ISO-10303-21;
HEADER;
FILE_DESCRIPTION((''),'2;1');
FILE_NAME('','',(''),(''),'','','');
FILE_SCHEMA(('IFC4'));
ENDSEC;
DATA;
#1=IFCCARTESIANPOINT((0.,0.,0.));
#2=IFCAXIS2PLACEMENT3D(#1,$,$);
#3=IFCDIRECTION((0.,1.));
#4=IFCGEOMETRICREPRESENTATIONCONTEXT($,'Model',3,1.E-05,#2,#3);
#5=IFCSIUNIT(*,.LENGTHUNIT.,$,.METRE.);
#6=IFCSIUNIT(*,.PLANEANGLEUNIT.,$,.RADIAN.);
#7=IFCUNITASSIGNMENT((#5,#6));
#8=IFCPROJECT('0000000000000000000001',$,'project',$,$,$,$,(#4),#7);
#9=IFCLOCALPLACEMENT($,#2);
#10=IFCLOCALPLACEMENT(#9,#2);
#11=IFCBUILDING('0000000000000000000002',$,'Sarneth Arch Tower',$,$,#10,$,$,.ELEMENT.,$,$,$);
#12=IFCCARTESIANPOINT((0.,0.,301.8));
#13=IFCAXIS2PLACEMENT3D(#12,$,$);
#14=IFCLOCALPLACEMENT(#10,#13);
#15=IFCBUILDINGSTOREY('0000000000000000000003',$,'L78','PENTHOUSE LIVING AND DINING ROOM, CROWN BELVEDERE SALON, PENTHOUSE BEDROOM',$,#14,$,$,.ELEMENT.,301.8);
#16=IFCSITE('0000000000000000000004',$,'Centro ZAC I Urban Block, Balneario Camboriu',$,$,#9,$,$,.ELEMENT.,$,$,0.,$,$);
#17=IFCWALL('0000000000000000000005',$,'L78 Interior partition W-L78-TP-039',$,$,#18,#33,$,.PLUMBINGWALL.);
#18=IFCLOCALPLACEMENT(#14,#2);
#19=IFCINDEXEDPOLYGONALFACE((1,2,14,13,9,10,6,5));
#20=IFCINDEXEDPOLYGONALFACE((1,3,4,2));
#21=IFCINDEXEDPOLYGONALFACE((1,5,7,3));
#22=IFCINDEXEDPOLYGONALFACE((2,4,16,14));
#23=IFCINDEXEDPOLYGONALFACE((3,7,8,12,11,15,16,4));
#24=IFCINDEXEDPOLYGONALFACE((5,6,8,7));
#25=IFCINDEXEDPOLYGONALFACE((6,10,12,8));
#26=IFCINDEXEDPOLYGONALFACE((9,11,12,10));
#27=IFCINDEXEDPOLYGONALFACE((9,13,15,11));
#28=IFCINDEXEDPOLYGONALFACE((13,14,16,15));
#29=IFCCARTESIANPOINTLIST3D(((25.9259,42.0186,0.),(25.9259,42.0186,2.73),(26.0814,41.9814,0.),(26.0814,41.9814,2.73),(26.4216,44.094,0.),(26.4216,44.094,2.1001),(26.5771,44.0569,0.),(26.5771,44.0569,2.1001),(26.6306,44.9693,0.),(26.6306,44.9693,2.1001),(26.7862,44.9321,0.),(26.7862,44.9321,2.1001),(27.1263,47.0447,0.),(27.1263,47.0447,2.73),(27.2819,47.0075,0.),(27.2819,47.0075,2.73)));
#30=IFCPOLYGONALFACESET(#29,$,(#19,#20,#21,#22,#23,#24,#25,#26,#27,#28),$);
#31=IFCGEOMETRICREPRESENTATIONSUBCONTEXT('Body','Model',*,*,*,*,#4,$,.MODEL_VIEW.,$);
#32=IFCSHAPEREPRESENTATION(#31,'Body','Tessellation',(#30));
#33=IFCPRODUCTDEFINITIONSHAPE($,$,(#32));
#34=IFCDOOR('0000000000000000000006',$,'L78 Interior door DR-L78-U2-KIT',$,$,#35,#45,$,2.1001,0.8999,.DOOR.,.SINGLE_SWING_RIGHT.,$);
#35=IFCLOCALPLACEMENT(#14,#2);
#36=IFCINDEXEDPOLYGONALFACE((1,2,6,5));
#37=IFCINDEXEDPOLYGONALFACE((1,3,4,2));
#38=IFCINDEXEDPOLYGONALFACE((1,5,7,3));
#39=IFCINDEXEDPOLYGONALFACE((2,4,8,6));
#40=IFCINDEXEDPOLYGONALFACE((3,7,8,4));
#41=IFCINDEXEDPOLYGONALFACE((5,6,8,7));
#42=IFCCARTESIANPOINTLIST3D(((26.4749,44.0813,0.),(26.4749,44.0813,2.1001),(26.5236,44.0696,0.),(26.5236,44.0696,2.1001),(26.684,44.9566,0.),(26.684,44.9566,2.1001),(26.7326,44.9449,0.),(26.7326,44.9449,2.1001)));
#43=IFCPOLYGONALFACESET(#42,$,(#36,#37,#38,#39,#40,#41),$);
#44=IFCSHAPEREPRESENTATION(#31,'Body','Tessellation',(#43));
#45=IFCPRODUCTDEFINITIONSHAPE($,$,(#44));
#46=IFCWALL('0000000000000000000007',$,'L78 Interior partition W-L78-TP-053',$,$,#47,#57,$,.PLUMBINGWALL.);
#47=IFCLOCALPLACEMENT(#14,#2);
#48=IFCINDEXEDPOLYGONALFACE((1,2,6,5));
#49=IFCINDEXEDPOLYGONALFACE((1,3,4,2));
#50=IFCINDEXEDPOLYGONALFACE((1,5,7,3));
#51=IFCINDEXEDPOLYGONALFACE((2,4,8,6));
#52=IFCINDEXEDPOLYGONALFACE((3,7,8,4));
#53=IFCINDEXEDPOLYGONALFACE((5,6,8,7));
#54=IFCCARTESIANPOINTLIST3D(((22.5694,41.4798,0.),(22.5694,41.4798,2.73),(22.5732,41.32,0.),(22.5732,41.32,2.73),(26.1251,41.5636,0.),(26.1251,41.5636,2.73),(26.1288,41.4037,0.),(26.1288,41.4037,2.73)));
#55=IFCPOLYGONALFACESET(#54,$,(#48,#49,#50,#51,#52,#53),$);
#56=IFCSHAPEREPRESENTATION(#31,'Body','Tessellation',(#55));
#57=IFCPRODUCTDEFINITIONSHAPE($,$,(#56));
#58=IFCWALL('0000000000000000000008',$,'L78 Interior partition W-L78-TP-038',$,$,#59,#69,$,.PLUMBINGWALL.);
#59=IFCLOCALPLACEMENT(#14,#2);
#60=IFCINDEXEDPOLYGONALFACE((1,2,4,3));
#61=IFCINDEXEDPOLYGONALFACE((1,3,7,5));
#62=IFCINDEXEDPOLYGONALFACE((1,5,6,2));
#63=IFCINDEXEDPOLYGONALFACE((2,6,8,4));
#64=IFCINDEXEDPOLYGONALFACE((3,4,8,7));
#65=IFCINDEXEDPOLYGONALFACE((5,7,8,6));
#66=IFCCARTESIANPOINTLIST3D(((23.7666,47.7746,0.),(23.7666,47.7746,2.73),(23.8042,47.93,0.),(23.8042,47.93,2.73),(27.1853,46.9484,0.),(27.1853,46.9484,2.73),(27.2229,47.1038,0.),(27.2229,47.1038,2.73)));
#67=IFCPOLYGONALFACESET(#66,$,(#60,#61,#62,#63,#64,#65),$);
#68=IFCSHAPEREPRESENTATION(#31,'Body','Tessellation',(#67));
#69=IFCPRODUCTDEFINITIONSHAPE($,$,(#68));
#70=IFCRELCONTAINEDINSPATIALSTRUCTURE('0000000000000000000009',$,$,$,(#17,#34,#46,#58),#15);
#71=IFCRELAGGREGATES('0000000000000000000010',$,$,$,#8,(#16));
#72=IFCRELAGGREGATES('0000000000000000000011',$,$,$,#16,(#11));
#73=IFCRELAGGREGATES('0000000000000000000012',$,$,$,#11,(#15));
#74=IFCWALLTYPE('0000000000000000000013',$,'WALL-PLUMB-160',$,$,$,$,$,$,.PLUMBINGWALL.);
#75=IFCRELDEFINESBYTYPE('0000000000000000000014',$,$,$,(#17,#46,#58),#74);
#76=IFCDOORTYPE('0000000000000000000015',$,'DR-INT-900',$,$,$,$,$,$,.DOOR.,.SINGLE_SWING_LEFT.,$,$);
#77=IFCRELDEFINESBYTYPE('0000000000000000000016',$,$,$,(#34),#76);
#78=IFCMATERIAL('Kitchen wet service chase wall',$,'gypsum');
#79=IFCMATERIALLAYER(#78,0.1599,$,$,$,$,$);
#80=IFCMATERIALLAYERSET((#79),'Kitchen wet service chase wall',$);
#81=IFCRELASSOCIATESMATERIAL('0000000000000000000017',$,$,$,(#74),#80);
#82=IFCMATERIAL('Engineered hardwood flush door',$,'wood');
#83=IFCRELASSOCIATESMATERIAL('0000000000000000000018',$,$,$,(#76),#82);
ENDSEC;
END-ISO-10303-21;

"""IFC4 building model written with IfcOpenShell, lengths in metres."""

from ifc_helpers import new_model, si_unit, direction, frame, frame_2d, origin, place, context, subcontext, project, spatial, rectangle, extrude, material, layer, layer_set, type_object, element, fill, save


model = new_model("IFC4")

# Units and contexts
model_context = context("Model", 3, precision=1e-05, world=origin(), true_north=direction((0.0, 1.0)))
body_context = subcontext(model_context, "Body", "Model", "MODEL_VIEW")
ifc_project = project(units=[si_unit("LENGTHUNIT", "METRE"), si_unit("PLANEANGLEUNIT", "RADIAN")], contexts=[model_context])

# Site, building, storey
site_placement = place(None, origin())
site = spatial("IfcSite", under=ifc_project, at=site_placement, Name="Centro ZAC I Urban Block, Balneario Camboriu", CompositionType="ELEMENT", RefElevation=0.0)
building_placement = place(site_placement, origin())
building = spatial("IfcBuilding", under=site, at=building_placement, Name="Sarneth Arch Tower", CompositionType="ELEMENT")
storey_placement = place(building_placement, frame((0.0, 0.0, 301.8)))
storey = spatial("IfcBuildingStorey", under=building, at=storey_placement, Name="L78", Description="PENTHOUSE LIVING AND DINING ROOM, CROWN BELVEDERE SALON, PENTHOUSE BEDROOM", CompositionType="ELEMENT", Elevation=301.8)

# Wall, opening, door
ifc_material_1 = material(Name="Kitchen wet service chase wall", Category="gypsum")
ifc_layer_1 = layer(ifc_material_1, 0.1599)
ifc_layer_set_1 = layer_set([ifc_layer_1], Name="Kitchen wet service chase wall")
wall_type_1 = type_object("IfcWallType", Name="WALL-PLUMB-160", PredefinedType="PLUMBINGWALL", material=ifc_layer_set_1)
wall_1_placement = place(storey_placement, frame((27.2041, 47.0261, 0.0), z_axis=(0.0, 0.0, 1.0), x_axis=(-0.232306, -0.972643, 0.0)))
wall_1 = element("IfcWall", 1, at=wall_1_placement, inside=storey, type_object=wall_type_1, Name="L78 Interior partition W-L78-TP-039", PredefinedType="PLUMBINGWALL", context=body_context, shape_type="SweptSolid", body=[
    extrude(rectangle(XDim=5.1675, YDim=0.1599, at=frame_2d((2.5837, 0.0))), origin(), (0.0, 0.0, 1.0), 2.73),
])
opening_1_placement = place(wall_1_placement, frame((2.1338, 0.0, 0.0)))
opening_1 = element("IfcOpeningElement", 2, at=opening_1_placement, cuts=wall_1, PredefinedType="OPENING", context=body_context, shape_type="SweptSolid", body=[
    extrude(rectangle(XDim=0.8999, YDim=2.1001, at=frame_2d((0.45, 1.05))), frame((0.0, 0.0898, 0.0), z_axis=(0.0, -1.0, 0.0), x_axis=(1.0, 0.0, 0.0)), (0.0, 0.0, 1.0), 0.1799),
])
ifc_material_2 = material(Name="Engineered hardwood flush door", Category="wood")
door_type_1 = type_object("IfcDoorType", Name="DR-INT-900", OperationType="SINGLE_SWING_LEFT", PredefinedType="DOOR", material=ifc_material_2)
door_1_placement = place(opening_1_placement, origin())
door_1 = element("IfcDoor", 3, at=door_1_placement, inside=storey, type_object=door_type_1, Name="L78 Interior door DR-L78-U2-KIT", OperationType="SINGLE_SWING_RIGHT", OverallHeight=2.1001, OverallWidth=0.8999, PredefinedType="DOOR", context=body_context, shape_type="SweptSolid", body=[
    extrude(rectangle(XDim=0.8999, YDim=2.1001, at=frame_2d((0.45, 1.05))), frame((0.0, 0.0249, 0.0), z_axis=(0.0, -1.0, 0.0), x_axis=(1.0, 0.0, 0.0)), (0.0, 0.0, 1.0), 0.05),
])
fill(opening_1, door_1)

# Walls
wall_2_placement = place(storey_placement, frame((26.127, 41.4836, 0.0), z_axis=(0.0, 0.0, 1.0), x_axis=(-0.999723, -0.023545, 0.0)))
element("IfcWall", 4, at=wall_2_placement, inside=storey, type_object=wall_type_1, Name="L78 Interior partition W-L78-TP-053", PredefinedType="PLUMBINGWALL", context=body_context, shape_type="SweptSolid", body=[
    extrude(rectangle(XDim=3.5566, YDim=0.1599, at=frame_2d((1.7783, 0.0))), origin(), (0.0, 0.0, 1.0), 2.73),
])
wall_3_placement = place(storey_placement, frame((23.7854, 47.8523, 0.0), z_axis=(0.0, 0.0, 1.0), x_axis=(0.972019, -0.234901, 0.0)))
element("IfcWall", 5, at=wall_3_placement, inside=storey, type_object=wall_type_1, Name="L78 Interior partition W-L78-TP-038", PredefinedType="PLUMBINGWALL", context=body_context, shape_type="SweptSolid", body=[
    extrude(rectangle(XDim=3.5171, YDim=0.1599, at=frame_2d((1.7585, 0.0))), origin(), (0.0, 0.0, 1.0), 2.73),
])

save(model, "model.ifc")
